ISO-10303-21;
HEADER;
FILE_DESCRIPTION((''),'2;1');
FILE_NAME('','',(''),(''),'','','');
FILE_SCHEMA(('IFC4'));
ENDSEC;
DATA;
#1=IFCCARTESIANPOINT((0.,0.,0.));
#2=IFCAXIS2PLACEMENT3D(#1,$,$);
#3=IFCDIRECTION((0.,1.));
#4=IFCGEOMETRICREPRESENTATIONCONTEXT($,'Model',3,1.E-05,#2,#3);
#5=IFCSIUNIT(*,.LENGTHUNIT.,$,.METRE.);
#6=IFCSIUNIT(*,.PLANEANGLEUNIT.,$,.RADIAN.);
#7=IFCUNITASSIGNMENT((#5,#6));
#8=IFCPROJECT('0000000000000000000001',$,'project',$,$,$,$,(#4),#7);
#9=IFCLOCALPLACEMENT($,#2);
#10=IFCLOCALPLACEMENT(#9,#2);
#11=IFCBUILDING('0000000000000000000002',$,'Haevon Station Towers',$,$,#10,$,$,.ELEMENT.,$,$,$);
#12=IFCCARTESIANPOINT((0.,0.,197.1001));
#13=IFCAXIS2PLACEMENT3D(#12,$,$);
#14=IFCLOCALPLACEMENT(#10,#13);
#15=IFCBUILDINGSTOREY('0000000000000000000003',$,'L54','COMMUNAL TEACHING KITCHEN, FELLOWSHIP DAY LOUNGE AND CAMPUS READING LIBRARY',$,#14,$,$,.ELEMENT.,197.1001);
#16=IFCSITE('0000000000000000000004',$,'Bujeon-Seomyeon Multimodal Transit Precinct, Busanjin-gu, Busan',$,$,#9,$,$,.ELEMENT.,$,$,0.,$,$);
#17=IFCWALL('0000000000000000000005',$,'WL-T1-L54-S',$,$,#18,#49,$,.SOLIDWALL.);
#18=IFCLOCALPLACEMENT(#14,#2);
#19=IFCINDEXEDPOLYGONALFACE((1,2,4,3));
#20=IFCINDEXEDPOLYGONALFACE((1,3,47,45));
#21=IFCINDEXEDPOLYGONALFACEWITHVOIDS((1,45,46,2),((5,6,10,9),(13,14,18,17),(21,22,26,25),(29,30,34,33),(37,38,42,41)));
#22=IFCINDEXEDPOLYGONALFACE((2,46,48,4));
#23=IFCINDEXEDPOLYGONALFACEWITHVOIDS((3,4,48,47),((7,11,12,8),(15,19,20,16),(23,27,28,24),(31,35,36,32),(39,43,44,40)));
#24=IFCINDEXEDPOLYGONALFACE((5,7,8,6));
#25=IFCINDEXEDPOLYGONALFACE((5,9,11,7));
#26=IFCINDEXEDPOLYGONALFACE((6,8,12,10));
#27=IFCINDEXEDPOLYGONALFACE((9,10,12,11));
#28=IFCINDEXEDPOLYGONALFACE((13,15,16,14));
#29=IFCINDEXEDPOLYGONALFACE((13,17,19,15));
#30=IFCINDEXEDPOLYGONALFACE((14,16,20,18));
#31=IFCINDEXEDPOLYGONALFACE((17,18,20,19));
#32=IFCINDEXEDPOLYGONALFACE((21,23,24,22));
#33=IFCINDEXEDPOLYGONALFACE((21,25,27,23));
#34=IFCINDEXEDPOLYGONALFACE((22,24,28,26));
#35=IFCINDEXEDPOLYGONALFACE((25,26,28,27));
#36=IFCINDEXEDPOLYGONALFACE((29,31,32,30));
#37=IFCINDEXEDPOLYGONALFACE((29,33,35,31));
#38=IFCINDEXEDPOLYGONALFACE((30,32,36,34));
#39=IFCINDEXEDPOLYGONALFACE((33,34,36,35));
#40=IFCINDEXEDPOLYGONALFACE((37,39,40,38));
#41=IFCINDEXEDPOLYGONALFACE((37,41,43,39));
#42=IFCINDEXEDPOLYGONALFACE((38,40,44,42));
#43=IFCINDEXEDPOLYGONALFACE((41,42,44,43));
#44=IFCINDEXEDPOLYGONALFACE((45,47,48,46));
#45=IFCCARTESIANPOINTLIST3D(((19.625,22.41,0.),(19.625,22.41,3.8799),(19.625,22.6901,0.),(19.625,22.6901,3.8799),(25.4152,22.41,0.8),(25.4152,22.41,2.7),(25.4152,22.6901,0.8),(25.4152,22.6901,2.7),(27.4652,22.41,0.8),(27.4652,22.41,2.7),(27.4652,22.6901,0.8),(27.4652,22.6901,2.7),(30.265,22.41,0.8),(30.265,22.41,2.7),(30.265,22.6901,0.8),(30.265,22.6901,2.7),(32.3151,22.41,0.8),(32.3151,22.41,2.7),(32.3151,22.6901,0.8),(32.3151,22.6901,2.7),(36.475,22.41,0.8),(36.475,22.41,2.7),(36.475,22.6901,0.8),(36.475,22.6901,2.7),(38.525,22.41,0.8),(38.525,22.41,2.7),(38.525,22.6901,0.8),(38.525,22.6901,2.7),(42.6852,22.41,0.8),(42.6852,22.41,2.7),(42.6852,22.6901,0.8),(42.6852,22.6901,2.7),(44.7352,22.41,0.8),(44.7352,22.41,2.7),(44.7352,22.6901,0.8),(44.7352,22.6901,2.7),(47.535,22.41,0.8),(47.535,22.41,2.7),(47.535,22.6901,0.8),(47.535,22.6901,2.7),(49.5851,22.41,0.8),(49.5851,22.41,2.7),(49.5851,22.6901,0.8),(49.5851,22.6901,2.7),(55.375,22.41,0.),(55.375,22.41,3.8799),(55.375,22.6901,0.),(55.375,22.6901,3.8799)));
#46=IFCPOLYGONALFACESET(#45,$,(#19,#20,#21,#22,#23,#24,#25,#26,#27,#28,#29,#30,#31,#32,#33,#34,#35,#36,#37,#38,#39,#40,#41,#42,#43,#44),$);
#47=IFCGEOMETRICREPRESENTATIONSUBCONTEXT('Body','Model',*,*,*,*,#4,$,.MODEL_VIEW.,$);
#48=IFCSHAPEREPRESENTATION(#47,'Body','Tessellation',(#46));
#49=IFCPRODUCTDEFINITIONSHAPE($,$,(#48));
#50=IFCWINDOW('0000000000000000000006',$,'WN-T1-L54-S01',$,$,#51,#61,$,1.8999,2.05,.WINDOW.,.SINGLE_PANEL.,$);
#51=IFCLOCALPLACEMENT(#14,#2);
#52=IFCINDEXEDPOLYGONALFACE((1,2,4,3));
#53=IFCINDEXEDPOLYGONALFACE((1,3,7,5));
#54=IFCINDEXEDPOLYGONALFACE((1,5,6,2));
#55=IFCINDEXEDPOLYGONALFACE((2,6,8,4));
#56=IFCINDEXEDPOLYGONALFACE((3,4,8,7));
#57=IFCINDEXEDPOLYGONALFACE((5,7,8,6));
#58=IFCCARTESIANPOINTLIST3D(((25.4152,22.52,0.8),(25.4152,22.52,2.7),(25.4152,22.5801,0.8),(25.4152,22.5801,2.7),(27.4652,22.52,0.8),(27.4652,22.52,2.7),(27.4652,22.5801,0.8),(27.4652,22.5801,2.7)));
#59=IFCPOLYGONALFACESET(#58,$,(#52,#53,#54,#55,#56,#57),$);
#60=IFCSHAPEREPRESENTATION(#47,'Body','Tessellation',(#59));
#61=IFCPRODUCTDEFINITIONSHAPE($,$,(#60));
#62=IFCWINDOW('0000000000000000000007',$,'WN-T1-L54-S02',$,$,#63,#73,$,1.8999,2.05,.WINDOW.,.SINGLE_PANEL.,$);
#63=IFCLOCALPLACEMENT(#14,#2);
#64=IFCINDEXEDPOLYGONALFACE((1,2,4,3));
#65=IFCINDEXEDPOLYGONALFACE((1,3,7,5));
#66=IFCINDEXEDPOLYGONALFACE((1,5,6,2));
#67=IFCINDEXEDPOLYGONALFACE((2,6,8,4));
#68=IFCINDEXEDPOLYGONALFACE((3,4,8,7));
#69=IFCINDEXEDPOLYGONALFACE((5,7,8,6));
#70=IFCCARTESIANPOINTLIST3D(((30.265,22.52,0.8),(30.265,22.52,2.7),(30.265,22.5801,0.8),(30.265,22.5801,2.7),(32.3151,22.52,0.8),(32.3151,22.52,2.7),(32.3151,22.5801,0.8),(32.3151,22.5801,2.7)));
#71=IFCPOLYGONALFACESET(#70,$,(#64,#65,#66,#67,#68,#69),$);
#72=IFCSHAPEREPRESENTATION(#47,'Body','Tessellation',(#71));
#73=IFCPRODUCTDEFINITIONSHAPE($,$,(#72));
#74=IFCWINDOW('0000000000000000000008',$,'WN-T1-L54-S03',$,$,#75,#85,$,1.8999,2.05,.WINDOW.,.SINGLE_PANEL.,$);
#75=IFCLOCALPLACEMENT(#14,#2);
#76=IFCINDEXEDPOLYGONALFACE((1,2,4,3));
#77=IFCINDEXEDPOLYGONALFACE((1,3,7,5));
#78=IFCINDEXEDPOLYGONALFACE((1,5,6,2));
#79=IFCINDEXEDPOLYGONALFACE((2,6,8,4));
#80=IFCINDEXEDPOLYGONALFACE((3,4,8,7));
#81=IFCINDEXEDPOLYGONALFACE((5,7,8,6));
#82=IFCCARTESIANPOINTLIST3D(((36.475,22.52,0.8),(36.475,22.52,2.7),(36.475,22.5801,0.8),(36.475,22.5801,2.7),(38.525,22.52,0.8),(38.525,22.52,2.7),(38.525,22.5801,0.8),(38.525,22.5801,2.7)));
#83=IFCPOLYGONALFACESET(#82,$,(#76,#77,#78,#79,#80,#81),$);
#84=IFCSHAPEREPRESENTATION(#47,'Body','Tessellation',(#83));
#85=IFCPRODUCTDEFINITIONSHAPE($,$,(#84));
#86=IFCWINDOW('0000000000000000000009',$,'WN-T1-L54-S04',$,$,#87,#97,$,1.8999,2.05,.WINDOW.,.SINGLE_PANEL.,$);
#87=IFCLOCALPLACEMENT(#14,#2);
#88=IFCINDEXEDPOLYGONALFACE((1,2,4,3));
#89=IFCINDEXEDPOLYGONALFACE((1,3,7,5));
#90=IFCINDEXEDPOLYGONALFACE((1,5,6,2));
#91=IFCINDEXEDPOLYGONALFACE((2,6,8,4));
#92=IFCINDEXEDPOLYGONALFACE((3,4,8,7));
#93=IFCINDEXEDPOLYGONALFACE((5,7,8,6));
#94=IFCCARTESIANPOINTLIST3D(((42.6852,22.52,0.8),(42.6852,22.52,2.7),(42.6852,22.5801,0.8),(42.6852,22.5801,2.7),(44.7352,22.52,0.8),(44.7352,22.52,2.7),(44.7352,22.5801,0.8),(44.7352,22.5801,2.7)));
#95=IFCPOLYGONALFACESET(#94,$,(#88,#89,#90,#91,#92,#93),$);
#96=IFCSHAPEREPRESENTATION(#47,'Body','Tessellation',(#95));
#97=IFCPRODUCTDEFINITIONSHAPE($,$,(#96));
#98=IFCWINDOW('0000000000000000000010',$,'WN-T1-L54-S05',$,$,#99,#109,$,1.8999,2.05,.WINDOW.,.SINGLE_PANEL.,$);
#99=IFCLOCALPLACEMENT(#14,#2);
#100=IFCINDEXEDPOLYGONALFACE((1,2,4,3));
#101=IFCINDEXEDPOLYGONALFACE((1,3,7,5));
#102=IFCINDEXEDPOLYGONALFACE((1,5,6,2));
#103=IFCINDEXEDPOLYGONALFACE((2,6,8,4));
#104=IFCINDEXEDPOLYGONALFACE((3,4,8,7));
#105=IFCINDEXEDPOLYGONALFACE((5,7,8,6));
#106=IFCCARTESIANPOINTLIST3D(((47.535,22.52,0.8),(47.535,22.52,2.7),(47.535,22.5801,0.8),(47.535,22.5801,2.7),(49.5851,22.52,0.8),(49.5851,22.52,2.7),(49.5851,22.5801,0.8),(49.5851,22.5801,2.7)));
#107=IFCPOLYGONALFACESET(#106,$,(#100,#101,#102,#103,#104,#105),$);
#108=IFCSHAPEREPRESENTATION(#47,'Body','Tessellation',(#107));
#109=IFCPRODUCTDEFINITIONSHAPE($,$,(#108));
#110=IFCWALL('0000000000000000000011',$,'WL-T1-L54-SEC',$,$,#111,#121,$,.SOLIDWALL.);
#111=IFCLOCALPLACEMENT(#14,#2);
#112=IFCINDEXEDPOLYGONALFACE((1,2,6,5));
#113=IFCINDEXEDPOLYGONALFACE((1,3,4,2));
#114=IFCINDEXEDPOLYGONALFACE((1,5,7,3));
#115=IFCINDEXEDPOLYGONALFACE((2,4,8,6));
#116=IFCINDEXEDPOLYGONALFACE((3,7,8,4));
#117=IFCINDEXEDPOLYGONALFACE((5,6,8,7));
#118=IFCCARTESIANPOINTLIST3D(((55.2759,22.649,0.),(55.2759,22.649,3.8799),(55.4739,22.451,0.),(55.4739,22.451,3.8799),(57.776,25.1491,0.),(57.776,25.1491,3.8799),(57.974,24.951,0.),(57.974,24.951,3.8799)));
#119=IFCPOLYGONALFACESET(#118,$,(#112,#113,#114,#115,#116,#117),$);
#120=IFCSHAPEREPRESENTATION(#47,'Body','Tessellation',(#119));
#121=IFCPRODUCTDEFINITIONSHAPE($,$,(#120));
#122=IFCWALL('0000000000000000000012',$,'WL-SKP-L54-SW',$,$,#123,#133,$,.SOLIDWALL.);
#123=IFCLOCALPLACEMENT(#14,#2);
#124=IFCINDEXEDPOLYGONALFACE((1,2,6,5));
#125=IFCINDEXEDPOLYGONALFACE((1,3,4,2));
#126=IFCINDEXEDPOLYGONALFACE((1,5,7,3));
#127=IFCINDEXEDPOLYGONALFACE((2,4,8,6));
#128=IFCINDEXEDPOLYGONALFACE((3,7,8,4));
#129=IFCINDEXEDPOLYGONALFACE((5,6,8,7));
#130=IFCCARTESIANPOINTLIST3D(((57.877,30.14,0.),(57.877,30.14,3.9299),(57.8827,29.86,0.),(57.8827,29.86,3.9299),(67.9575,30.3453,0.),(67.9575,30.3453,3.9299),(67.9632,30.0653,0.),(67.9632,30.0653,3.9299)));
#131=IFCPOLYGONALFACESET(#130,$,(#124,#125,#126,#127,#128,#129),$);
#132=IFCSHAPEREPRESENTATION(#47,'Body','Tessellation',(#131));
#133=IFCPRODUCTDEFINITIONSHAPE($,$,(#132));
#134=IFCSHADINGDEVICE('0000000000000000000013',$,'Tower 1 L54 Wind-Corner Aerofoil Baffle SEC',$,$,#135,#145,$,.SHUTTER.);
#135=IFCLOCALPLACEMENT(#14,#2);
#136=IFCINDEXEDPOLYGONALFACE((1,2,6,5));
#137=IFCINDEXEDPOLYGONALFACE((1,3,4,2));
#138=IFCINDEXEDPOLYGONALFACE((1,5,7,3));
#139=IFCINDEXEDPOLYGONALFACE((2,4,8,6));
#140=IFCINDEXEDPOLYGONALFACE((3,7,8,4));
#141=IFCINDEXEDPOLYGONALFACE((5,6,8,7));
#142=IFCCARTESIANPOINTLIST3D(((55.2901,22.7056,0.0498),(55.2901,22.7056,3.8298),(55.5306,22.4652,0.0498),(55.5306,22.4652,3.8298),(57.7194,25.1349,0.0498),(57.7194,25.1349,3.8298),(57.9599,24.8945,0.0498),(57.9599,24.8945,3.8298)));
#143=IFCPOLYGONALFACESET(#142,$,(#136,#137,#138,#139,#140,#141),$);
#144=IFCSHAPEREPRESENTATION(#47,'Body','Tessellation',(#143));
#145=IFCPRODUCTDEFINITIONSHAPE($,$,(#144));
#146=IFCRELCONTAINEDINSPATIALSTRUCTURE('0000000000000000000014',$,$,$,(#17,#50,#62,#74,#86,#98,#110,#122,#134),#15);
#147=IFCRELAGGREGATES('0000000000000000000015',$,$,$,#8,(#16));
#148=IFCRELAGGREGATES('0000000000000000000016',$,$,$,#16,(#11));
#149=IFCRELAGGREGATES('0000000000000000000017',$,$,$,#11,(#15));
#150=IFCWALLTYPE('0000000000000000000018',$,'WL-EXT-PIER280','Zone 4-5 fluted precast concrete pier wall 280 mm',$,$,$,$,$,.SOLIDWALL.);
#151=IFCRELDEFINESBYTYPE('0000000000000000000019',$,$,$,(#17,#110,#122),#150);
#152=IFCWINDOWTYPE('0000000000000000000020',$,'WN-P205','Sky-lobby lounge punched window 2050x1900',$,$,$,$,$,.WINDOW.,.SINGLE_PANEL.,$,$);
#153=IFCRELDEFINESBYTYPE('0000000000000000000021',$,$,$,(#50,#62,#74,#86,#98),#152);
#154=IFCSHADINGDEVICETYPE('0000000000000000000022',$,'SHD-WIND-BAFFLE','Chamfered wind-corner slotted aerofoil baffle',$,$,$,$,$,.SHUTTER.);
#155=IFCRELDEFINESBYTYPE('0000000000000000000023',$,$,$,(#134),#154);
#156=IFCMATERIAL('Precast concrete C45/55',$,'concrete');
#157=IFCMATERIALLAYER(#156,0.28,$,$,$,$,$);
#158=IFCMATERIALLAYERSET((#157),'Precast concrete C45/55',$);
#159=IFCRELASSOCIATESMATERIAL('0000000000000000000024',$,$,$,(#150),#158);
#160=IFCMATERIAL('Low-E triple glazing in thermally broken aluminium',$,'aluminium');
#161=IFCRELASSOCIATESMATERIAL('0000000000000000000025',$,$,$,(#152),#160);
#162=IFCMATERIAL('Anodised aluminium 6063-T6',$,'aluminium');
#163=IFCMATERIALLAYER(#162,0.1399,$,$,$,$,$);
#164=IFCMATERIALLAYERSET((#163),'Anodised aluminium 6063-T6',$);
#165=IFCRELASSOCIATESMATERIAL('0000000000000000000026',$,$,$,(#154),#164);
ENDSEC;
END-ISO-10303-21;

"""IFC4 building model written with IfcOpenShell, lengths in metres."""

from ifc_helpers import new_model, si_unit, direction, frame, frame_2d, origin, origin_2d, place, context, subcontext, project, spatial, rectangle, extrude, material, layer, layer_set, type_object, element, fill, save


model = new_model("IFC4")

# Units and contexts
model_context = context("Model", 3, precision=1e-05, world=origin(), true_north=direction((0.0, 1.0)))
body_context = subcontext(model_context, "Body", "Model", "MODEL_VIEW")
ifc_project = project(units=[si_unit("LENGTHUNIT", "METRE"), si_unit("PLANEANGLEUNIT", "RADIAN")], contexts=[model_context])

# Site, building, storey
site_placement = place(None, origin())
site = spatial("IfcSite", under=ifc_project, at=site_placement, Name="Bujeon-Seomyeon Multimodal Transit Precinct, Busanjin-gu, Busan", CompositionType="ELEMENT", RefElevation=0.0)
building_placement = place(site_placement, origin())
building = spatial("IfcBuilding", under=site, at=building_placement, Name="Haevon Station Towers", CompositionType="ELEMENT")
storey_placement = place(building_placement, frame((0.0, 0.0, 197.1001)))
storey = spatial("IfcBuildingStorey", under=building, at=storey_placement, Name="L54", Description="COMMUNAL TEACHING KITCHEN, FELLOWSHIP DAY LOUNGE AND CAMPUS READING LIBRARY", CompositionType="ELEMENT", Elevation=197.1001)

# Wall, openings, windows
ifc_material_1 = material(Name="Precast concrete C45/55", Category="concrete")
ifc_layer_1 = layer(ifc_material_1, 0.28)
ifc_layer_set_1 = layer_set([ifc_layer_1], Name="Precast concrete C45/55")
wall_type = type_object("IfcWallType", Name="WL-EXT-PIER280", Description="Zone 4-5 fluted precast concrete pier wall 280 mm", PredefinedType="SOLIDWALL", material=ifc_layer_set_1)
wall_1_placement = place(storey_placement, frame((55.375, 22.55, 0.0), z_axis=(0.0, 0.0, 1.0), x_axis=(-1.0, 0.0, 0.0)))
wall_1 = element("IfcWall", 1, at=wall_1_placement, inside=storey, type_object=wall_type, Name="WL-T1-L54-S", PredefinedType="SOLIDWALL", context=body_context, shape_type="SweptSolid", body=[
    extrude(rectangle(XDim=35.75, YDim=0.28, at=frame_2d((17.875, 0.0))), origin(), (0.0, 0.0, 1.0), 3.8799),
])
opening_1_placement = place(wall_1_placement, frame((27.9099, 0.0, 0.8)))
opening_1 = element("IfcOpeningElement", 2, at=opening_1_placement, cuts=wall_1, PredefinedType="OPENING", context=body_context, shape_type="SweptSolid", body=[
    extrude(rectangle(XDim=2.05, YDim=1.8999, at=frame_2d((1.0249, 0.95))), frame((0.0, 0.1499, 0.0), z_axis=(0.0, -1.0, 0.0), x_axis=(1.0, 0.0, 0.0)), (0.0, 0.0, 1.0), 0.3),
])
opening_2_placement = place(wall_1_placement, frame((23.0601, 0.0, 0.8)))
opening_2 = element("IfcOpeningElement", 3, at=opening_2_placement, cuts=wall_1, PredefinedType="OPENING", context=body_context, shape_type="SweptSolid", body=[
    extrude(rectangle(XDim=2.05, YDim=1.8999, at=frame_2d((1.0249, 0.95))), frame((0.0, 0.1499, 0.0), z_axis=(0.0, -1.0, 0.0), x_axis=(1.0, 0.0, 0.0)), (0.0, 0.0, 1.0), 0.3),
])
opening_3_placement = place(wall_1_placement, frame((16.8501, 0.0, 0.8)))
opening_3 = element("IfcOpeningElement", 4, at=opening_3_placement, cuts=wall_1, PredefinedType="OPENING", context=body_context, shape_type="SweptSolid", body=[
    extrude(rectangle(XDim=2.05, YDim=1.8999, at=frame_2d((1.0249, 0.95))), frame((0.0, 0.1499, 0.0), z_axis=(0.0, -1.0, 0.0), x_axis=(1.0, 0.0, 0.0)), (0.0, 0.0, 1.0), 0.3),
])
opening_4_placement = place(wall_1_placement, frame((10.6399, 0.0, 0.8)))
opening_4 = element("IfcOpeningElement", 5, at=opening_4_placement, cuts=wall_1, PredefinedType="OPENING", context=body_context, shape_type="SweptSolid", body=[
    extrude(rectangle(XDim=2.05, YDim=1.8999, at=frame_2d((1.0249, 0.95))), frame((0.0, 0.1499, 0.0), z_axis=(0.0, -1.0, 0.0), x_axis=(1.0, 0.0, 0.0)), (0.0, 0.0, 1.0), 0.3),
])
opening_5_placement = place(wall_1_placement, frame((5.79, 0.0, 0.8)))
opening_5 = element("IfcOpeningElement", 6, at=opening_5_placement, cuts=wall_1, PredefinedType="OPENING", context=body_context, shape_type="SweptSolid", body=[
    extrude(rectangle(XDim=2.05, YDim=1.8999, at=frame_2d((1.0249, 0.95))), frame((0.0, 0.1499, 0.0), z_axis=(0.0, -1.0, 0.0), x_axis=(1.0, 0.0, 0.0)), (0.0, 0.0, 1.0), 0.3),
])
ifc_material_2 = material(Name="Low-E triple glazing in thermally broken aluminium", Category="aluminium")
window_type = type_object("IfcWindowType", Name="WN-P205", Description="Sky-lobby lounge punched window 2050x1900", PartitioningType="SINGLE_PANEL", PredefinedType="WINDOW", material=ifc_material_2)
window_1_placement = place(opening_1_placement, origin())
window_1 = element("IfcWindow", 7, at=window_1_placement, inside=storey, type_object=window_type, Name="WN-T1-L54-S01", OverallHeight=1.8999, OverallWidth=2.05, PartitioningType="SINGLE_PANEL", PredefinedType="WINDOW", context=body_context, shape_type="SweptSolid", body=[
    extrude(rectangle(XDim=2.05, YDim=1.8999, at=frame_2d((1.0249, 0.95))), frame((0.0, 0.03, 0.0), z_axis=(0.0, -1.0, 0.0), x_axis=(1.0, 0.0, 0.0)), (0.0, 0.0, 1.0), 0.0601),
])
fill(opening_1, window_1)
window_2_placement = place(opening_2_placement, origin())
window_2 = element("IfcWindow", 8, at=window_2_placement, inside=storey, type_object=window_type, Name="WN-T1-L54-S02", OverallHeight=1.8999, OverallWidth=2.05, PartitioningType="SINGLE_PANEL", PredefinedType="WINDOW", context=body_context, shape_type="SweptSolid", body=[
    extrude(rectangle(XDim=2.05, YDim=1.8999, at=frame_2d((1.0249, 0.95))), frame((0.0, 0.03, 0.0), z_axis=(0.0, -1.0, 0.0), x_axis=(1.0, 0.0, 0.0)), (0.0, 0.0, 1.0), 0.0601),
])
fill(opening_2, window_2)
window_3_placement = place(opening_3_placement, origin())
window_3 = element("IfcWindow", 9, at=window_3_placement, inside=storey, type_object=window_type, Name="WN-T1-L54-S03", OverallHeight=1.8999, OverallWidth=2.05, PartitioningType="SINGLE_PANEL", PredefinedType="WINDOW", context=body_context, shape_type="SweptSolid", body=[
    extrude(rectangle(XDim=2.05, YDim=1.8999, at=frame_2d((1.0249, 0.95))), frame((0.0, 0.03, 0.0), z_axis=(0.0, -1.0, 0.0), x_axis=(1.0, 0.0, 0.0)), (0.0, 0.0, 1.0), 0.0601),
])
fill(opening_3, window_3)
window_4_placement = place(opening_4_placement, origin())
window_4 = element("IfcWindow", 10, at=window_4_placement, inside=storey, type_object=window_type, Name="WN-T1-L54-S04", OverallHeight=1.8999, OverallWidth=2.05, PartitioningType="SINGLE_PANEL", PredefinedType="WINDOW", context=body_context, shape_type="SweptSolid", body=[
    extrude(rectangle(XDim=2.05, YDim=1.8999, at=frame_2d((1.0249, 0.95))), frame((0.0, 0.03, 0.0), z_axis=(0.0, -1.0, 0.0), x_axis=(1.0, 0.0, 0.0)), (0.0, 0.0, 1.0), 0.0601),
])
fill(opening_4, window_4)
window_5_placement = place(opening_5_placement, origin())
window_5 = element("IfcWindow", 11, at=window_5_placement, inside=storey, type_object=window_type, Name="WN-T1-L54-S05", OverallHeight=1.8999, OverallWidth=2.05, PartitioningType="SINGLE_PANEL", PredefinedType="WINDOW", context=body_context, shape_type="SweptSolid", body=[
    extrude(rectangle(XDim=2.05, YDim=1.8999, at=frame_2d((1.0249, 0.95))), frame((0.0, 0.03, 0.0), z_axis=(0.0, -1.0, 0.0), x_axis=(1.0, 0.0, 0.0)), (0.0, 0.0, 1.0), 0.0601),
])
fill(opening_5, window_5)

# Walls
wall_2_placement = place(storey_placement, frame((57.875, 25.05, 0.0), z_axis=(0.0, 0.0, 1.0), x_axis=(-0.707107, -0.707107, 0.0)))
element("IfcWall", 12, at=wall_2_placement, inside=storey, type_object=wall_type, Name="WL-T1-L54-SEC", PredefinedType="SOLIDWALL", context=body_context, shape_type="SweptSolid", body=[
    extrude(rectangle(XDim=3.5356, YDim=0.28, at=frame_2d((1.7678, 0.0))), origin(), (0.0, 0.0, 1.0), 3.8799),
])
wall_3_placement = place(storey_placement, frame((57.8799, 30.0, 0.0), z_axis=(0.0, 0.0, 1.0), x_axis=(0.999793, 0.020364, 0.0)))
element("IfcWall", 13, at=wall_3_placement, inside=storey, type_object=wall_type, Name="WL-SKP-L54-SW", PredefinedType="SOLIDWALL", context=body_context, shape_type="SweptSolid", body=[
    extrude(rectangle(XDim=10.0825, YDim=0.28, at=frame_2d((5.0413, 0.0))), origin(), (0.0, 0.0, 1.0), 3.9299),
])

# Shading device
ifc_material_3 = material(Name="Anodised aluminium 6063-T6", Category="aluminium")
ifc_layer_2 = layer(ifc_material_3, 0.1399)
ifc_layer_set_2 = layer_set([ifc_layer_2], Name="Anodised aluminium 6063-T6")
shading_device_type = type_object("IfcShadingDeviceType", Name="SHD-WIND-BAFFLE", Description="Chamfered wind-corner slotted aerofoil baffle", PredefinedType="SHUTTER", material=ifc_layer_set_2)
shading_device_placement = place(storey_placement, frame((56.625, 23.8, 0.0498), z_axis=(0.0, 0.0, 1.0), x_axis=(-0.707107, -0.707107, 0.0)))
element("IfcShadingDevice", 14, at=shading_device_placement, inside=storey, type_object=shading_device_type, Name="Tower 1 L54 Wind-Corner Aerofoil Baffle SEC", PredefinedType="SHUTTER", context=body_context, shape_type="SweptSolid", body=[
    extrude(rectangle(XDim=3.4355, YDim=0.3401, at=origin_2d()), origin(), (0.0, 0.0, 1.0), 3.78),
])

save(model, "model.ifc")
